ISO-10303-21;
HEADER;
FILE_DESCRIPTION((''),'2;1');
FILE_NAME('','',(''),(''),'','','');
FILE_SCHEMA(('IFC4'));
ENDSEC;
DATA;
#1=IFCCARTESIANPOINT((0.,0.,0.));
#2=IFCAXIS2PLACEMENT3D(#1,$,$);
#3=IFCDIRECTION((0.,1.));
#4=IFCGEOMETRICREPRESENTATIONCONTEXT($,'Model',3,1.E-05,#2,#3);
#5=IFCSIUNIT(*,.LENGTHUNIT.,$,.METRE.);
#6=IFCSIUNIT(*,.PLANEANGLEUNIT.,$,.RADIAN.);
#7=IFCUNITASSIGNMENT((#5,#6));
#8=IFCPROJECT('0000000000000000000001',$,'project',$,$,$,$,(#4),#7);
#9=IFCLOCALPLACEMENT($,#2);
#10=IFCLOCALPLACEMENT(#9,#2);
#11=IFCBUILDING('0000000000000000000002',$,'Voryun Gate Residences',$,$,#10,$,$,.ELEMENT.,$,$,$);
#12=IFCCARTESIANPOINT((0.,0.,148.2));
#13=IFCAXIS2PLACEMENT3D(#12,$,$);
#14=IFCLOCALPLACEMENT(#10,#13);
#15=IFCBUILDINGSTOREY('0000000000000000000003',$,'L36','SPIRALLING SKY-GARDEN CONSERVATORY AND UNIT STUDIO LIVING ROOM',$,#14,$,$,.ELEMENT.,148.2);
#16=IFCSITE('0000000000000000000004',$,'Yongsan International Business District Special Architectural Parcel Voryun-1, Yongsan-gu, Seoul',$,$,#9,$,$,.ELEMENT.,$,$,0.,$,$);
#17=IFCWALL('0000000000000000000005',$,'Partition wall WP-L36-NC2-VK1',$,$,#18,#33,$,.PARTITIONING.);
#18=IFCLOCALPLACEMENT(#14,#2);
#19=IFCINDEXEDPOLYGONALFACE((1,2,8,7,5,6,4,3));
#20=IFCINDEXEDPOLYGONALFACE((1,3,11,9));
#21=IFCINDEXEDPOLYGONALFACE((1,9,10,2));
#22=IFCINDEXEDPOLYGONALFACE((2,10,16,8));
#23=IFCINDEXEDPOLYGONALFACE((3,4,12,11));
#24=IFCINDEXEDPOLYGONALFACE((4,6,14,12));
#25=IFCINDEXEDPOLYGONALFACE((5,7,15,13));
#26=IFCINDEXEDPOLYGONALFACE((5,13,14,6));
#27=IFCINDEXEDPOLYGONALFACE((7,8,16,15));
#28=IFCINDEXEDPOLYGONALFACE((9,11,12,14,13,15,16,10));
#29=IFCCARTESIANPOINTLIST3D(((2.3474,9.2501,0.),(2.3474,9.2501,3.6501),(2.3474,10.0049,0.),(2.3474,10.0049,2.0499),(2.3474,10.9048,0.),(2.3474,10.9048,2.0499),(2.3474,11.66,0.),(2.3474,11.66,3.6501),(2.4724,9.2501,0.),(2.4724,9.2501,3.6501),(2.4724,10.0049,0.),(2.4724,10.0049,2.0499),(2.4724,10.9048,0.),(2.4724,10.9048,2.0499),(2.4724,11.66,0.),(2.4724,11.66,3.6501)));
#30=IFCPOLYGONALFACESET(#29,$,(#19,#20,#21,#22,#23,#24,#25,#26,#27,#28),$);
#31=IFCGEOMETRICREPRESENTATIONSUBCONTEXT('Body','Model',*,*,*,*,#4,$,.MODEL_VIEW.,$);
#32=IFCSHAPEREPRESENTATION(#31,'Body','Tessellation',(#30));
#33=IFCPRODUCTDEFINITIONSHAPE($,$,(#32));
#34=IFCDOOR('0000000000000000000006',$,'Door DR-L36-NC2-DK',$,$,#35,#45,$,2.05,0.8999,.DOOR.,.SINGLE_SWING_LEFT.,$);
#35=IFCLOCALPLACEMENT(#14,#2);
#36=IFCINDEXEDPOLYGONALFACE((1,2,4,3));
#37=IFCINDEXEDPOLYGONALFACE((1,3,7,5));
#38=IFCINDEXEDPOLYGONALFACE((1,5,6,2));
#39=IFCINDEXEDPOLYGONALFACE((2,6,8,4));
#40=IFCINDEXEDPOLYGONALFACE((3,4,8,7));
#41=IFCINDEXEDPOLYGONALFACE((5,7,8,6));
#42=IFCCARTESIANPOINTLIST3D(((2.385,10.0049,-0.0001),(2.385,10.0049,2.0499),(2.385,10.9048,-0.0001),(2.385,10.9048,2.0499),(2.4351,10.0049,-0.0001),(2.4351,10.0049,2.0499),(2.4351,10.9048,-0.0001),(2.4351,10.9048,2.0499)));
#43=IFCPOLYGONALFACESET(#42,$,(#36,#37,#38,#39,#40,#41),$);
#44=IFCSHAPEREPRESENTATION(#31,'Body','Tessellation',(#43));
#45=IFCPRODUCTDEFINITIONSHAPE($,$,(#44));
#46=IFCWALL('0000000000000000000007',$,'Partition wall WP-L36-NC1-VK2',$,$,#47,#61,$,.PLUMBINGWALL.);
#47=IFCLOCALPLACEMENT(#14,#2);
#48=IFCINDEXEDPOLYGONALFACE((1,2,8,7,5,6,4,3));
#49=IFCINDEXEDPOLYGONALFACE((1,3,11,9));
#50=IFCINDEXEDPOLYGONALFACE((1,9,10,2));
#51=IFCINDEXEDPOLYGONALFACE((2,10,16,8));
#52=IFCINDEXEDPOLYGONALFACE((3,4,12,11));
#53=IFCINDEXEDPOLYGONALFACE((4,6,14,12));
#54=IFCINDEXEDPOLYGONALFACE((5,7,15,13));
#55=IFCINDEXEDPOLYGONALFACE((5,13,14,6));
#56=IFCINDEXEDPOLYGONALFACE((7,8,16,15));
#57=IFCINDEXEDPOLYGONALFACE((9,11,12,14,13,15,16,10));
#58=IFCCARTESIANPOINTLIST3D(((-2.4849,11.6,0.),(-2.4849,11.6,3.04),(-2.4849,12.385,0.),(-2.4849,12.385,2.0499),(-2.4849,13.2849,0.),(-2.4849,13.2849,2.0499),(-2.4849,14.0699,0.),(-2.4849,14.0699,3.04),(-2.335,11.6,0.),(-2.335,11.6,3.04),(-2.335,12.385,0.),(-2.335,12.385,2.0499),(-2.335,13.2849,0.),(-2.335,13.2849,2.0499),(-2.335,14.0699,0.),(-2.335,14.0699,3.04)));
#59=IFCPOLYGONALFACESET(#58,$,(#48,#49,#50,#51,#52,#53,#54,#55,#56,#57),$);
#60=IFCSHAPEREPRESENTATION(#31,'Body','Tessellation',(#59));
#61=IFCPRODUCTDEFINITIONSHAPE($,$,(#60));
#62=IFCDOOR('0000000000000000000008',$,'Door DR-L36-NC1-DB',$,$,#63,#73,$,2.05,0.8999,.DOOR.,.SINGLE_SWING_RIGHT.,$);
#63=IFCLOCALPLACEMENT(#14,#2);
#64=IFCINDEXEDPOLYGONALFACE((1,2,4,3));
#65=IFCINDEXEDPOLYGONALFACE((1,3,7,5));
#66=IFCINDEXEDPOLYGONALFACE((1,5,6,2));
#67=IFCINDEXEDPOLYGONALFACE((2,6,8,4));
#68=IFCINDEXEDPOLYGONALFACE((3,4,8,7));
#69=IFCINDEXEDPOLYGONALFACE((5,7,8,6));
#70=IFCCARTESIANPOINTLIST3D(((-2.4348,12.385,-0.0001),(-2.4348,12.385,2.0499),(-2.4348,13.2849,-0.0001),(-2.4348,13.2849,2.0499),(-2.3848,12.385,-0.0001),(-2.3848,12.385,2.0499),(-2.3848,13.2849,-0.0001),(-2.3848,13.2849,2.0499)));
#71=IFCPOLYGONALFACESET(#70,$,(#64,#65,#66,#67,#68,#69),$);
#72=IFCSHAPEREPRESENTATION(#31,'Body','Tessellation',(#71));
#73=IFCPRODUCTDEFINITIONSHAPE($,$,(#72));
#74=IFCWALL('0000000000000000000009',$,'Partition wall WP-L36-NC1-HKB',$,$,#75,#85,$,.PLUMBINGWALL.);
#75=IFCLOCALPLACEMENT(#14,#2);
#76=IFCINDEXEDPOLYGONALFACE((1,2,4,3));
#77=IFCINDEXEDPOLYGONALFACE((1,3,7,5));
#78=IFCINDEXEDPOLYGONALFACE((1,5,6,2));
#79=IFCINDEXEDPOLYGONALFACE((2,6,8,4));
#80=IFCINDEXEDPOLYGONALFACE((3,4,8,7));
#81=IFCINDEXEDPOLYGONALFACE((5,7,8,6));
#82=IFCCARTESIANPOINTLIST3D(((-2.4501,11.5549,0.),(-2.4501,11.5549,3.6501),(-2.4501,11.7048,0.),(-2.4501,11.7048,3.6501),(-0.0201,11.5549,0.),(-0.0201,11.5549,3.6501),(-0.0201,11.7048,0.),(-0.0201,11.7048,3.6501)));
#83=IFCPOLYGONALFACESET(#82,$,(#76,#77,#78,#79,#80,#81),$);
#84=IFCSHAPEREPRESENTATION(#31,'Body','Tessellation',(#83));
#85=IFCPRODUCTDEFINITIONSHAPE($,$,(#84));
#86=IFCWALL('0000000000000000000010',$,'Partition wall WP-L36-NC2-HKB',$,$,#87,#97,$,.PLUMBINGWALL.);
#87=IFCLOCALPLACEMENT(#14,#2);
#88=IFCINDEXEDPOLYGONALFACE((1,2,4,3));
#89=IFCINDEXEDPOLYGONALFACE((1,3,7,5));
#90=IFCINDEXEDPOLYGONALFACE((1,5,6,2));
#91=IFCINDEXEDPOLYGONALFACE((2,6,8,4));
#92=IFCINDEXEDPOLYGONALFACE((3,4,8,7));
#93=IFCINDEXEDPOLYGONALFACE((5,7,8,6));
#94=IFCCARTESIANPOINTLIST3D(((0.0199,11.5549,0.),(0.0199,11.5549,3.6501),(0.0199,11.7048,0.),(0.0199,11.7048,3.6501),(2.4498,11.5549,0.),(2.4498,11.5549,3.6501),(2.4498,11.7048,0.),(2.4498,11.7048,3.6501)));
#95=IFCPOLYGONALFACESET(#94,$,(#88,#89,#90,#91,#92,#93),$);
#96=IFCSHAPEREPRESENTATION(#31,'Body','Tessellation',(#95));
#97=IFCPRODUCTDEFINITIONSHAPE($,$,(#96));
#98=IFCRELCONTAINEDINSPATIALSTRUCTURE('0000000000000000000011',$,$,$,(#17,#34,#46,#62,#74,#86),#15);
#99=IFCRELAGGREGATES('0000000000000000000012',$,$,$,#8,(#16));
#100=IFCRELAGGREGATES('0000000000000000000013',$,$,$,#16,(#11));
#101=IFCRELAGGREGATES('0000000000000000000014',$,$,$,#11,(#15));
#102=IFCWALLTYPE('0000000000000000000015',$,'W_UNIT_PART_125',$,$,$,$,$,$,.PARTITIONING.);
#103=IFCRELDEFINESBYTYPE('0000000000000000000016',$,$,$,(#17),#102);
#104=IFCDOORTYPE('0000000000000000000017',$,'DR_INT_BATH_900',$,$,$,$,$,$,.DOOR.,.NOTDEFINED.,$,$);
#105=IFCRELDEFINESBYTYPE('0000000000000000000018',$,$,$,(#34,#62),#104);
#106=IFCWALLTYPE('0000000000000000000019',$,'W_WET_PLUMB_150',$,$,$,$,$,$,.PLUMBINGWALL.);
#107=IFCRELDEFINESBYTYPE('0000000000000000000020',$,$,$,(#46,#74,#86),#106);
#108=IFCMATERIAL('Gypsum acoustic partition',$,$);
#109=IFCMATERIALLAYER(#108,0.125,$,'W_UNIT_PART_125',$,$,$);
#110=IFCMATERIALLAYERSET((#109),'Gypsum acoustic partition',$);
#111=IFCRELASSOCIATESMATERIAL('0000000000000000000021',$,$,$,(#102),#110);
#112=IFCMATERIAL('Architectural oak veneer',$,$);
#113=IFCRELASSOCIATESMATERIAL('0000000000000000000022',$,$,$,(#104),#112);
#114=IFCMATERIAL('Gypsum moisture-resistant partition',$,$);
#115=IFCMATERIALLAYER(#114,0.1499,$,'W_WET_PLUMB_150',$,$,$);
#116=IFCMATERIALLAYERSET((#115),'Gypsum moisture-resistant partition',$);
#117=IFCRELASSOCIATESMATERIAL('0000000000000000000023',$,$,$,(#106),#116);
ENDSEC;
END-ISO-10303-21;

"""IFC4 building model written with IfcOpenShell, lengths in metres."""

from ifc_helpers import new_model, si_unit, direction, frame, frame_2d, origin, place, context, subcontext, project, spatial, rectangle, extrude, material, layer, layer_set, type_object, element, fill, save


model = new_model("IFC4")

# Units and contexts
model_context = context("Model", 3, precision=1e-05, world=origin(), true_north=direction((0.0, 1.0)))
body_context = subcontext(model_context, "Body", "Model", "MODEL_VIEW")
ifc_project = project(units=[si_unit("LENGTHUNIT", "METRE"), si_unit("PLANEANGLEUNIT", "RADIAN")], contexts=[model_context])

# Site, building, storey
site_placement = place(None, origin())
site = spatial("IfcSite", under=ifc_project, at=site_placement, Name="Yongsan International Business District Special Architectural Parcel Voryun-1, Yongsan-gu, Seoul", CompositionType="ELEMENT", RefElevation=0.0)
building_placement = place(site_placement, origin())
building = spatial("IfcBuilding", under=site, at=building_placement, Name="Voryun Gate Residences", CompositionType="ELEMENT")
storey_placement = place(building_placement, frame((0.0, 0.0, 148.2)))
storey = spatial("IfcBuildingStorey", under=building, at=storey_placement, Name="L36", Description="SPIRALLING SKY-GARDEN CONSERVATORY AND UNIT STUDIO LIVING ROOM", CompositionType="ELEMENT", Elevation=148.2)

# Shared definitions
ifc_material_1 = material(Name="Gypsum acoustic partition")
ifc_layer_1 = layer(ifc_material_1, 0.125, Name="W_UNIT_PART_125")
ifc_layer_set_1 = layer_set([ifc_layer_1], Name="Gypsum acoustic partition")
wall_type_1 = type_object("IfcWallType", Name="W_UNIT_PART_125", PredefinedType="PARTITIONING", material=ifc_layer_set_1)
ifc_material_2 = material(Name="Architectural oak veneer")
door_type = type_object("IfcDoorType", Name="DR_INT_BATH_900", OperationType="NOTDEFINED", PredefinedType="DOOR", material=ifc_material_2)

# Walls, openings, doors
wall_1_placement = place(storey_placement, frame((2.4099, 9.25, 0.0), z_axis=(0.0, 0.0, 1.0), x_axis=(0.0, 1.0, 0.0)))
wall_1 = element("IfcWall", 1, at=wall_1_placement, inside=storey, type_object=wall_type_1, Name="Partition wall WP-L36-NC2-VK1", PredefinedType="PARTITIONING", context=body_context, shape_type="SweptSolid", body=[
    extrude(rectangle(XDim=2.4099, YDim=0.125, at=frame_2d((1.2051, 0.0))), origin(), (0.0, 0.0, 1.0), 3.6501),
])
opening_1_placement = place(wall_1_placement, frame((0.7549, 0.0, 0.0)))
opening_1 = element("IfcOpeningElement", 2, at=opening_1_placement, cuts=wall_1, PredefinedType="OPENING", context=body_context, shape_type="SweptSolid", body=[
    extrude(rectangle(XDim=0.8999, YDim=2.05, at=frame_2d((0.45, 1.0249))), frame((0.0, 0.0725, 0.0), z_axis=(0.0, -1.0, 0.0), x_axis=(1.0, 0.0, 0.0)), (0.0, 0.0, 1.0), 0.145),
])
door_1_placement = place(opening_1_placement, origin())
door_1 = element("IfcDoor", 3, at=door_1_placement, inside=storey, type_object=door_type, Name="Door DR-L36-NC2-DK", OperationType="SINGLE_SWING_LEFT", OverallHeight=2.05, OverallWidth=0.8999, PredefinedType="DOOR", context=body_context, shape_type="SweptSolid", body=[
    extrude(rectangle(XDim=0.8999, YDim=2.05, at=frame_2d((0.45, 1.0249))), frame((0.0, 0.0249, 0.0), z_axis=(0.0, -1.0, 0.0), x_axis=(1.0, 0.0, 0.0)), (0.0, 0.0, 1.0), 0.05),
])
fill(opening_1, door_1)
ifc_material_3 = material(Name="Gypsum moisture-resistant partition")
ifc_layer_2 = layer(ifc_material_3, 0.1499, Name="W_WET_PLUMB_150")
ifc_layer_set_2 = layer_set([ifc_layer_2], Name="Gypsum moisture-resistant partition")
wall_type_2 = type_object("IfcWallType", Name="W_WET_PLUMB_150", PredefinedType="PLUMBINGWALL", material=ifc_layer_set_2)
wall_2_placement = place(storey_placement, frame((-2.4099, 11.6001, 0.0), z_axis=(0.0, 0.0, 1.0), x_axis=(0.0, 1.0, 0.0)))
wall_2 = element("IfcWall", 4, at=wall_2_placement, inside=storey, type_object=wall_type_2, Name="Partition wall WP-L36-NC1-VK2", PredefinedType="PLUMBINGWALL", context=body_context, shape_type="SweptSolid", body=[
    extrude(rectangle(XDim=2.47, YDim=0.1499, at=frame_2d((1.2349, 0.0))), origin(), (0.0, 0.0, 1.0), 3.04),
])
opening_2_placement = place(wall_2_placement, frame((0.7849, 0.0, 0.0)))
opening_2 = element("IfcOpeningElement", 5, at=opening_2_placement, cuts=wall_2, PredefinedType="OPENING", context=body_context, shape_type="SweptSolid", body=[
    extrude(rectangle(XDim=0.8999, YDim=2.05, at=frame_2d((0.45, 1.0249))), frame((0.0, 0.085, 0.0), z_axis=(0.0, -1.0, 0.0), x_axis=(1.0, 0.0, 0.0)), (0.0, 0.0, 1.0), 0.1699),
])
door_2_placement = place(opening_2_placement, origin())
door_2 = element("IfcDoor", 6, at=door_2_placement, inside=storey, type_object=door_type, Name="Door DR-L36-NC1-DB", OperationType="SINGLE_SWING_RIGHT", OverallHeight=2.05, OverallWidth=0.8999, PredefinedType="DOOR", context=body_context, shape_type="SweptSolid", body=[
    extrude(rectangle(XDim=0.8999, YDim=2.05, at=frame_2d((0.45, 1.0249))), frame((0.0, 0.0249, 0.0), z_axis=(0.0, -1.0, 0.0), x_axis=(1.0, 0.0, 0.0)), (0.0, 0.0, 1.0), 0.05),
])
fill(opening_2, door_2)

# Walls
for number, where, z_axis, x_axis, name in (
    (7, (-2.45, 11.6299, 0.0), (0.0, 0.0, 1.0), (1.0, 0.0, 0.0), "Partition wall WP-L36-NC1-HKB"),
    (8, (0.02, 11.6299, 0.0), (0.0, 0.0, 1.0), (1.0, 0.0, 0.0), "Partition wall WP-L36-NC2-HKB"),
):
    element("IfcWall", number, at=place(storey_placement, frame(where, z_axis=z_axis, x_axis=x_axis)), inside=storey, type_object=wall_type_2, Name=name, PredefinedType="PLUMBINGWALL", context=body_context, shape_type="SweptSolid", body=[
        extrude(rectangle(XDim=2.4299, YDim=0.1499, at=frame_2d((1.2148, 0.0))), origin(), (0.0, 0.0, 1.0), 3.6501),
    ])

save(model, "model.ifc")
